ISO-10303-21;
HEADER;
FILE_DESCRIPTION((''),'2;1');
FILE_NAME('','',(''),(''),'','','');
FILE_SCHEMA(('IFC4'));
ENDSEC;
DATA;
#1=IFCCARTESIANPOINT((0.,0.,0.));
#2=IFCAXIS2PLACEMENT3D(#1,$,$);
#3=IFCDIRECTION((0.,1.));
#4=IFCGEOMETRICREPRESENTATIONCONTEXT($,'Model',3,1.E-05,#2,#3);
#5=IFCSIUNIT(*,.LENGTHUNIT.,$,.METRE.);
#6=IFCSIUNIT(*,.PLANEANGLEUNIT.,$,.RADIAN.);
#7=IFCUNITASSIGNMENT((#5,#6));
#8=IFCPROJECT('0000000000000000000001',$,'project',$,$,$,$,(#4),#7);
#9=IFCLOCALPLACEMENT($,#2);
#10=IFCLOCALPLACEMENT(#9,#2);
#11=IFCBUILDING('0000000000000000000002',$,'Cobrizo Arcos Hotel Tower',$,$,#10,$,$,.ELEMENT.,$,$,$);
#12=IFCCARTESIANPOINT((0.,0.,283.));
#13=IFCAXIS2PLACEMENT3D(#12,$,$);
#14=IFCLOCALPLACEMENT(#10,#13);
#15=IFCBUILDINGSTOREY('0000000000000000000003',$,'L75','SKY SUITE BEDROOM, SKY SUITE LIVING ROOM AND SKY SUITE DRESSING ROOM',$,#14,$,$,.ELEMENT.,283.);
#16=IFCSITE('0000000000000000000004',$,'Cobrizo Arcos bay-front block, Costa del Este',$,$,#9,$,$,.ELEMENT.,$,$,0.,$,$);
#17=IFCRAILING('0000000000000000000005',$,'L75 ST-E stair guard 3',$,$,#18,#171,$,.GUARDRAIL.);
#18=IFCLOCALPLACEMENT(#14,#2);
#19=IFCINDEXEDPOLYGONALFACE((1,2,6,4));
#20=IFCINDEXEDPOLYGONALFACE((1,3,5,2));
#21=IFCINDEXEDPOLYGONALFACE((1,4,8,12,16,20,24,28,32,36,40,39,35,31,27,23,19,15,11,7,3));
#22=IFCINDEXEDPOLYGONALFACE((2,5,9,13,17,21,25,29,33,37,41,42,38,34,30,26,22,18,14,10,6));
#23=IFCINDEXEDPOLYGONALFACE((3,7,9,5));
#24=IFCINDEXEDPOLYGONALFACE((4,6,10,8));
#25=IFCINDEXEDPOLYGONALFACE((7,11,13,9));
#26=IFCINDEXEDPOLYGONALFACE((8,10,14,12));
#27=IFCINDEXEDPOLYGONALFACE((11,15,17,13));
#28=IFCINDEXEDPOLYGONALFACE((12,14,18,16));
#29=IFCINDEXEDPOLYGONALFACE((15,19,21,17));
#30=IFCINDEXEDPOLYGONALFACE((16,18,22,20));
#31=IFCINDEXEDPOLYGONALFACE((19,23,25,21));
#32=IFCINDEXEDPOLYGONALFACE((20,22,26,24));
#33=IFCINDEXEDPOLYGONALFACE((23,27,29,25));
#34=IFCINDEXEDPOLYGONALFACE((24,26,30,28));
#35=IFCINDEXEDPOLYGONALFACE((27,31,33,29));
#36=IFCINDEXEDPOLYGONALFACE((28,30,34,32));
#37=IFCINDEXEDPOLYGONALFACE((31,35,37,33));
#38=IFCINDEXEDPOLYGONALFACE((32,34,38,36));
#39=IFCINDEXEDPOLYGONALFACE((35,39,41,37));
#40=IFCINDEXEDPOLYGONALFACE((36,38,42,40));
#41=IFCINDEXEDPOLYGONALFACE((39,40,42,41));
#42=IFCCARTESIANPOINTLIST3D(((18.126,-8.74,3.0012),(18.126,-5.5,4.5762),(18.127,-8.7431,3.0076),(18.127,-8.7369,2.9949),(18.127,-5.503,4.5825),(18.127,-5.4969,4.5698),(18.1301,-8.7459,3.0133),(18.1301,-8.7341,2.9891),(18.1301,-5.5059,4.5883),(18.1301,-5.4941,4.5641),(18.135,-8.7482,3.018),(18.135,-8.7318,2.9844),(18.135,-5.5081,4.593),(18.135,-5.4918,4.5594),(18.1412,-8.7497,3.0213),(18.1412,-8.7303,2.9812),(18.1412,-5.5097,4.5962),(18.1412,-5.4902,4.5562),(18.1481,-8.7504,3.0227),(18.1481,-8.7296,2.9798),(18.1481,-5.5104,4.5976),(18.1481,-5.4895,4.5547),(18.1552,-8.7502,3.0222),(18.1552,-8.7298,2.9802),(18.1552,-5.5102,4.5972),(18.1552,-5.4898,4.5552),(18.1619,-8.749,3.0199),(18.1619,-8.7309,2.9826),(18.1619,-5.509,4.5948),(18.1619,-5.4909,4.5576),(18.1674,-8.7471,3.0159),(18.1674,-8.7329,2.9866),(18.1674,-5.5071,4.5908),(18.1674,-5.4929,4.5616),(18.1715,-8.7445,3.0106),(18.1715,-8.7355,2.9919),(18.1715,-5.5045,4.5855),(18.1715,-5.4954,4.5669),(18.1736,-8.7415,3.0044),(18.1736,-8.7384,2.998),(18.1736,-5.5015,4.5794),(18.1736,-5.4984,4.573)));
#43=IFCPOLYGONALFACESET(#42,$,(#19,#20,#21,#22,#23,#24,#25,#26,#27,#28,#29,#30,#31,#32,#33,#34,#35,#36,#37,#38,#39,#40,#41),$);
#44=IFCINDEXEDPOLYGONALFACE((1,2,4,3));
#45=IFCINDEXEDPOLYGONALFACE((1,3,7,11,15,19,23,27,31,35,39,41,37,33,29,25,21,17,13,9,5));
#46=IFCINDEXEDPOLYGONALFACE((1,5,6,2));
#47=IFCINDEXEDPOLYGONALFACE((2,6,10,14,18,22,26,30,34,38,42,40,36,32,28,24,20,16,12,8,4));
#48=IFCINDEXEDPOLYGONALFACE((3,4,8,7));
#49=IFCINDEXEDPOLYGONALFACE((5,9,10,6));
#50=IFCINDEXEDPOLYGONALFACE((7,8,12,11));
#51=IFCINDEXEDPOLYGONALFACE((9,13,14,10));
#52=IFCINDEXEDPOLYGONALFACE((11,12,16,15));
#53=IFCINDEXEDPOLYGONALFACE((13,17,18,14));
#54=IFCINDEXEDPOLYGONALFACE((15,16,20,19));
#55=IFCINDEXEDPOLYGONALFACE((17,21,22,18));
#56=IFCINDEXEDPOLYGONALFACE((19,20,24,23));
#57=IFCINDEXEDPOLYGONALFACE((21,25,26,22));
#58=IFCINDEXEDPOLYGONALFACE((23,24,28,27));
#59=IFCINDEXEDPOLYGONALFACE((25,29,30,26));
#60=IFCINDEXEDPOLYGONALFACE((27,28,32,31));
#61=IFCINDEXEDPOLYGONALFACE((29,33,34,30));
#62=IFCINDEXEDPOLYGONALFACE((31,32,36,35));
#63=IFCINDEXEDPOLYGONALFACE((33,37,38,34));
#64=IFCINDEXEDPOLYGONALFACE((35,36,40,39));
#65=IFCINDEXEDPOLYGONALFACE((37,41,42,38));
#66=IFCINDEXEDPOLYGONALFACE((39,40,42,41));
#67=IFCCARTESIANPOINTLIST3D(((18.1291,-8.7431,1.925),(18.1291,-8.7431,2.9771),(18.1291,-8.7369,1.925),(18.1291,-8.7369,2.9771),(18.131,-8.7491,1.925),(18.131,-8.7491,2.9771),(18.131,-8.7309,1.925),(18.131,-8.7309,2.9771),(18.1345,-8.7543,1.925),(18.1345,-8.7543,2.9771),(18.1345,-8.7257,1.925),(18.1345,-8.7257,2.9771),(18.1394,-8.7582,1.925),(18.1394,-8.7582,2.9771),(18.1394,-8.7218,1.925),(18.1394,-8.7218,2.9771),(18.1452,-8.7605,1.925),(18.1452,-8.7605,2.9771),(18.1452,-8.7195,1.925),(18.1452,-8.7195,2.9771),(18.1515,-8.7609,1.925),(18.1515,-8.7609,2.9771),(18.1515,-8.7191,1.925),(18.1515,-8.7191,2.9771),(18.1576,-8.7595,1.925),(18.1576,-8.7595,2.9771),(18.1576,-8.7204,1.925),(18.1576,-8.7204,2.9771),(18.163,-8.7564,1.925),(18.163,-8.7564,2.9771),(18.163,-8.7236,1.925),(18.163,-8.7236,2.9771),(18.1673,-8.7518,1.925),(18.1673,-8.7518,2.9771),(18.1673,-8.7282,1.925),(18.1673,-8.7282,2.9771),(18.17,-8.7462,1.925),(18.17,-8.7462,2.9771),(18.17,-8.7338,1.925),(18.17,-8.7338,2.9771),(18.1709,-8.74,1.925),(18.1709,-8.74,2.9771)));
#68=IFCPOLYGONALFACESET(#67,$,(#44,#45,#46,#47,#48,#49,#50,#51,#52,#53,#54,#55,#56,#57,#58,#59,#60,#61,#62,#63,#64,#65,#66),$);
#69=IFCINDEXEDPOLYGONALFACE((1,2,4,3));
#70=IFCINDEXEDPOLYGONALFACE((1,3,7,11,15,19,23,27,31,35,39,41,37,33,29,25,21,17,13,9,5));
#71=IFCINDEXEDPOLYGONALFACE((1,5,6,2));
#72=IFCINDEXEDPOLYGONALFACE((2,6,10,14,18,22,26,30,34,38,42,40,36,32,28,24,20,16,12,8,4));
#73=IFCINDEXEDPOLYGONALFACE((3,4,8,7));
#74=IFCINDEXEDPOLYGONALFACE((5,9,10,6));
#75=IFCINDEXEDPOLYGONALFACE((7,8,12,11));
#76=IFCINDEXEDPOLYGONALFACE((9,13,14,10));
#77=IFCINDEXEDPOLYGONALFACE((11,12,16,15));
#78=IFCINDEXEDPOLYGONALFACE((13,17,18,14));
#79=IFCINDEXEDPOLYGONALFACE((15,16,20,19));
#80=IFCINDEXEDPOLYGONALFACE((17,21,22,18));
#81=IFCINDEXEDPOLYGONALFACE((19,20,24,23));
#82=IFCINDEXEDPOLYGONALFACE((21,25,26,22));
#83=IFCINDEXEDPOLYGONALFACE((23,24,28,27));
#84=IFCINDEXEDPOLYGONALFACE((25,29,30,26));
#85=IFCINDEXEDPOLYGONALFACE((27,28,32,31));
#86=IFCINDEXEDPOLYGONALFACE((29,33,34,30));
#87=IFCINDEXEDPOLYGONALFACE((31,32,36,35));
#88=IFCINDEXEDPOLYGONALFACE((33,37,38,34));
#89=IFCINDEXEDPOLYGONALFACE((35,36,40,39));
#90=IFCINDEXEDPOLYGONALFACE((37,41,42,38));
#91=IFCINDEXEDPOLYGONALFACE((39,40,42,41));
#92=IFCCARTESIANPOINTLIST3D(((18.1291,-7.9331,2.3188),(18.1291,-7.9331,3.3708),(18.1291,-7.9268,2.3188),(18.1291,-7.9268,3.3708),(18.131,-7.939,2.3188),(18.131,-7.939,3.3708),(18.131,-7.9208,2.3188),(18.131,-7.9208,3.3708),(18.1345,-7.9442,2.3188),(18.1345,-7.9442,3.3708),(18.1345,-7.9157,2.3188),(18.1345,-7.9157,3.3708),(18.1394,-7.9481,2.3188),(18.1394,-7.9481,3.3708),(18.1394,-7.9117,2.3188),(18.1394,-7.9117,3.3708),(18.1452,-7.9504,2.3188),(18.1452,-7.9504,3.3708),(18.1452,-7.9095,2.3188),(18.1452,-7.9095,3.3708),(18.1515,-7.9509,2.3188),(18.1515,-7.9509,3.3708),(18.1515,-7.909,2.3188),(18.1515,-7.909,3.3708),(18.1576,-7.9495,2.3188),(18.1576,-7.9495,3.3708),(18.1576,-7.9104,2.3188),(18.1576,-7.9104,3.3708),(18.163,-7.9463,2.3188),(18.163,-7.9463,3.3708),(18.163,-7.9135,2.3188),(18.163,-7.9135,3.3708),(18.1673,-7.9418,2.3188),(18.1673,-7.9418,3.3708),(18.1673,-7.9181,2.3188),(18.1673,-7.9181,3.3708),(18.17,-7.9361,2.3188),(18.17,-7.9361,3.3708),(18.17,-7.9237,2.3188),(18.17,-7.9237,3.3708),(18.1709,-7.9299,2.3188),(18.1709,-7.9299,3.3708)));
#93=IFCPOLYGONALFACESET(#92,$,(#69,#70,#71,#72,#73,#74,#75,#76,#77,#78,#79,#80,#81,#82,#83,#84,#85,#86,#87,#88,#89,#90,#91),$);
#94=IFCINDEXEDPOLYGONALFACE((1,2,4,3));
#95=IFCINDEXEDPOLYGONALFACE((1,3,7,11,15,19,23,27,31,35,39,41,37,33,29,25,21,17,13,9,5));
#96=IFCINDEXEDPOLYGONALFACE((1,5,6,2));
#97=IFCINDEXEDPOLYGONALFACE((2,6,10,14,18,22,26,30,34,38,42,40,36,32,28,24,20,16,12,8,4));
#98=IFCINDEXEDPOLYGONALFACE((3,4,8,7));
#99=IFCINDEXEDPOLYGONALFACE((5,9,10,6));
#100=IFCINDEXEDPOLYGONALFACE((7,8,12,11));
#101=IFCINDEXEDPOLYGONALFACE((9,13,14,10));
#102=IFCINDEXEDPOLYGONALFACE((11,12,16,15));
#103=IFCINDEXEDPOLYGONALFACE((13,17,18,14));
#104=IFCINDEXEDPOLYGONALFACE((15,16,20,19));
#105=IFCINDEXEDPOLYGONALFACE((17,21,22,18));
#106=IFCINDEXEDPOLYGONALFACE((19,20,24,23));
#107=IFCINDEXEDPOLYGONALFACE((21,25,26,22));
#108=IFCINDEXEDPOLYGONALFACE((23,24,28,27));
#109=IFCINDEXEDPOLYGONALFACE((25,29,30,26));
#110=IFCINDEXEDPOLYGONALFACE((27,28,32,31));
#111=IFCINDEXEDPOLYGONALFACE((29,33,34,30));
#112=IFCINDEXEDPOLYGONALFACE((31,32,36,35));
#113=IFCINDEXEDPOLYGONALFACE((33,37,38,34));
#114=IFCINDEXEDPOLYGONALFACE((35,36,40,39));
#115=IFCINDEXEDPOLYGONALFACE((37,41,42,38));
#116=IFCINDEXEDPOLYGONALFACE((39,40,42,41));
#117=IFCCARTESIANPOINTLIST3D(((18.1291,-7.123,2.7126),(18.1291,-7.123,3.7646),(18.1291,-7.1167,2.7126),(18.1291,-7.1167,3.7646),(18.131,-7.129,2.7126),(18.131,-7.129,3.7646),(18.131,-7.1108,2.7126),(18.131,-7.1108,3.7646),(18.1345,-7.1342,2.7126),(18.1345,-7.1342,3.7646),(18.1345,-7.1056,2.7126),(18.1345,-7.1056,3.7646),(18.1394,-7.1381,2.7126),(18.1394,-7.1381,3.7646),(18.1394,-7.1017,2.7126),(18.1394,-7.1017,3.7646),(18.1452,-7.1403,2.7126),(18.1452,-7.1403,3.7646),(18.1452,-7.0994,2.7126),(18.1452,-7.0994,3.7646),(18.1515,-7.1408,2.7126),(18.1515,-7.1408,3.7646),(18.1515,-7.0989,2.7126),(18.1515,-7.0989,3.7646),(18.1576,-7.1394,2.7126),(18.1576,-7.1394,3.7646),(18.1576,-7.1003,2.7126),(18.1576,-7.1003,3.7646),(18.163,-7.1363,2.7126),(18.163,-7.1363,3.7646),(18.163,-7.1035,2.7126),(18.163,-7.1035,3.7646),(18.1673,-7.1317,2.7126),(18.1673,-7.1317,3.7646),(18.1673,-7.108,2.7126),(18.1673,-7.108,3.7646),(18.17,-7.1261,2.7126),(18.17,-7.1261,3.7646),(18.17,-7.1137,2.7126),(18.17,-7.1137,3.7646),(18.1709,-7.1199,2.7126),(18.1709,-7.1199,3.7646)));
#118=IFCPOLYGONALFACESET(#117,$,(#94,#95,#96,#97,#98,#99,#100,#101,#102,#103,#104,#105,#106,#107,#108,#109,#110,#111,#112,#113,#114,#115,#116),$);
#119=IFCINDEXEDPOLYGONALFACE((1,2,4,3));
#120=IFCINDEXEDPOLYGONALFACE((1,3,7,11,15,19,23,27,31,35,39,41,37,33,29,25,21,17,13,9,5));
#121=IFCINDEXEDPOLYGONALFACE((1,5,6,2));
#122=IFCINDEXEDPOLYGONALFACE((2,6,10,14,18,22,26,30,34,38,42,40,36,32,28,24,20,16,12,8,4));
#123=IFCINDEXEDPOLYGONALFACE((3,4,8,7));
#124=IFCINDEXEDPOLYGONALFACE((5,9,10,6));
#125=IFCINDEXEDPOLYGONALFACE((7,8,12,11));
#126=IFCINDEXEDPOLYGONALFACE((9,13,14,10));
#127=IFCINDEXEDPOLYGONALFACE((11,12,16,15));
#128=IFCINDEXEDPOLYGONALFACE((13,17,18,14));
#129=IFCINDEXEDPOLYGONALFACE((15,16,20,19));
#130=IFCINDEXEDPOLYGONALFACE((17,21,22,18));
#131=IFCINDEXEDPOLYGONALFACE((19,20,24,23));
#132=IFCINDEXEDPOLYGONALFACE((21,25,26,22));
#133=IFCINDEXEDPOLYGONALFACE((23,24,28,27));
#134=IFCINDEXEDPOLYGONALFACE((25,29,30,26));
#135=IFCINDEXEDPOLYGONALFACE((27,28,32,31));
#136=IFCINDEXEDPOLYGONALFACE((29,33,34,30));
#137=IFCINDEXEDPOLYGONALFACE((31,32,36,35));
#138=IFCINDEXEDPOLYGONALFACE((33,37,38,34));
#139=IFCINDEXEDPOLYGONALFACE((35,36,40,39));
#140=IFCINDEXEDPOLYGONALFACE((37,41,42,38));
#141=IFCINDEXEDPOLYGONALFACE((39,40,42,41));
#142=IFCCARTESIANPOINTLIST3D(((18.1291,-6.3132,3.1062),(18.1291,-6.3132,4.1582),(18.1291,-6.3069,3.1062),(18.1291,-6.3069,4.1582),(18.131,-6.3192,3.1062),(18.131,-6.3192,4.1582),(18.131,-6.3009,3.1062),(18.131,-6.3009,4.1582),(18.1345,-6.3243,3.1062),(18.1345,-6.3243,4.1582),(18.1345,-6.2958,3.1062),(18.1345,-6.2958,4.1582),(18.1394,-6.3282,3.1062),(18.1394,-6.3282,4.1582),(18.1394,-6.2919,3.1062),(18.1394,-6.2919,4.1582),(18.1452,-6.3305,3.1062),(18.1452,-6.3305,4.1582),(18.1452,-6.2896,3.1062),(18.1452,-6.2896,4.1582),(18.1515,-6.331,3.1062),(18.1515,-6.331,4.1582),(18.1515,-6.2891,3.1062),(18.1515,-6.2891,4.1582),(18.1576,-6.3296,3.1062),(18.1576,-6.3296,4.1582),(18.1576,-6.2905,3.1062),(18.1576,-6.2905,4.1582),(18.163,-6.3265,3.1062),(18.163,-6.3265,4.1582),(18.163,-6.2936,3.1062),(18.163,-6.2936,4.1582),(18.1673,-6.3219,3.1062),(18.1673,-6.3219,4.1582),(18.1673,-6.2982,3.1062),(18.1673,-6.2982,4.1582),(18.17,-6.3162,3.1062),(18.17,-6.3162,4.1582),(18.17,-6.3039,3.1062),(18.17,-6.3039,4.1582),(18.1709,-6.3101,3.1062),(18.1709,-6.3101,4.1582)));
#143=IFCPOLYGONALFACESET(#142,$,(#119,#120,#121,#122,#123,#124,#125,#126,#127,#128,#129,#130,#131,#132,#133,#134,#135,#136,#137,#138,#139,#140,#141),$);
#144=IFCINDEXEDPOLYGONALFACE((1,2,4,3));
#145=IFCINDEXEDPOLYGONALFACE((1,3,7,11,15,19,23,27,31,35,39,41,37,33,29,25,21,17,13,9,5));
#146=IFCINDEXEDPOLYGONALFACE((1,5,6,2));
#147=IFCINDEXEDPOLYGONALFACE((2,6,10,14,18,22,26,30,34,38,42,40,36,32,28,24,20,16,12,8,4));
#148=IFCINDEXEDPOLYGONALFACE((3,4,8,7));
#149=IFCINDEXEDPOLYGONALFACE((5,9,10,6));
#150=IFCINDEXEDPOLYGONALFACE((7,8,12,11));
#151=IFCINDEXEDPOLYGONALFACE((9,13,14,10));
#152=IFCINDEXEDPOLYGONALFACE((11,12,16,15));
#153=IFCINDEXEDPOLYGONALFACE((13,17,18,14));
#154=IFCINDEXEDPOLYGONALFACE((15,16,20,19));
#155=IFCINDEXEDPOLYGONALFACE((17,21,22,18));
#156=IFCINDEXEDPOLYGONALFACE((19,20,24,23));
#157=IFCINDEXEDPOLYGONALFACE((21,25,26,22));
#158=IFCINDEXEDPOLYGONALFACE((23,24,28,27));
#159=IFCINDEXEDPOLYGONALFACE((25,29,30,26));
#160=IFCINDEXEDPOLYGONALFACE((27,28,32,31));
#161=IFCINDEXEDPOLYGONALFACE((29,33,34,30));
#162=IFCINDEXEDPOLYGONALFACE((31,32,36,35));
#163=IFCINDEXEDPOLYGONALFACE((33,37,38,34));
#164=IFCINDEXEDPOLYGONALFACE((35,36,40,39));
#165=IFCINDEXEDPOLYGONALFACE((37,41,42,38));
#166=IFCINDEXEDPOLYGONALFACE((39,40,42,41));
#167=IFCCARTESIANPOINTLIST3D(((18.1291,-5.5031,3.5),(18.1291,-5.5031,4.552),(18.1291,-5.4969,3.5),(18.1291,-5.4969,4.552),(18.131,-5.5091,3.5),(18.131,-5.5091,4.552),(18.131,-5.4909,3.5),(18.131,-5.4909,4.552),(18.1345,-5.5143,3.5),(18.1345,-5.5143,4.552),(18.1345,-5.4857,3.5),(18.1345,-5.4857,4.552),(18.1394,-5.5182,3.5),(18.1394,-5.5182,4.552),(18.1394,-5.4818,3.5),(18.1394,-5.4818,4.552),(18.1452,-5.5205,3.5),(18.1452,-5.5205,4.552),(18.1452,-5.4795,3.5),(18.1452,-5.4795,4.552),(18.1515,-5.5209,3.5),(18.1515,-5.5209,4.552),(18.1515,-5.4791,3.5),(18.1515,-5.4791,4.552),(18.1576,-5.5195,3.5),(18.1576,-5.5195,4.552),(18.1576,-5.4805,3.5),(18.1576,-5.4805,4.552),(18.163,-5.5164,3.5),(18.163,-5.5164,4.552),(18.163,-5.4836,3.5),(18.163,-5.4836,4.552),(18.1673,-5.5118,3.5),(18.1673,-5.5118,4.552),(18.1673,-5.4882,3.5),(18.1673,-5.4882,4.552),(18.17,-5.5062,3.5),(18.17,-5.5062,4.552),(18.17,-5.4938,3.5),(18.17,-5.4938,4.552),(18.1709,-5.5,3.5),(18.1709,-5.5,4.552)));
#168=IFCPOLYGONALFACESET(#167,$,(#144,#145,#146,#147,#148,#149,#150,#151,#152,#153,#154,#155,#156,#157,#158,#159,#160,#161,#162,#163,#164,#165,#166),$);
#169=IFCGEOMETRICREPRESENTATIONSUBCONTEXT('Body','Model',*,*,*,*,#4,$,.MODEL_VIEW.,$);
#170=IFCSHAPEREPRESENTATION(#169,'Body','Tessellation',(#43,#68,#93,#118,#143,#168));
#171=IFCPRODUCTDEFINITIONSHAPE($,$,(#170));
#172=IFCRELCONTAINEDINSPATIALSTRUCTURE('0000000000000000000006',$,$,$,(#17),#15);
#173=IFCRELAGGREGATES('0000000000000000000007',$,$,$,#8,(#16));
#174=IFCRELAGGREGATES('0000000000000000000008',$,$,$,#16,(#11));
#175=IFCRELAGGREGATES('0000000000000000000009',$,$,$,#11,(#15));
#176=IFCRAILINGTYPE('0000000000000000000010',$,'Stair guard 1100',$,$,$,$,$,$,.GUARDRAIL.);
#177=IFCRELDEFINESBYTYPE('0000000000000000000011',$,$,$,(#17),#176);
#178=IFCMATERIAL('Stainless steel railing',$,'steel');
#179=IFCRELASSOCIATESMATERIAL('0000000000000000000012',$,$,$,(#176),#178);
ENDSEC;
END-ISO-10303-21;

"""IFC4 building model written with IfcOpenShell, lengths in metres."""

from ifc_helpers import new_model, si_unit, direction, frame, origin, origin_2d, place, context, subcontext, project, spatial, circle, extrude, material, type_object, element, save


model = new_model("IFC4")

# Units and contexts
model_context = context("Model", 3, precision=1e-05, world=origin(), true_north=direction((0.0, 1.0)))
body_context = subcontext(model_context, "Body", "Model", "MODEL_VIEW")
ifc_project = project(units=[si_unit("LENGTHUNIT", "METRE"), si_unit("PLANEANGLEUNIT", "RADIAN")], contexts=[model_context])

# Site, building, storey
site_placement = place(None, origin())
site = spatial("IfcSite", under=ifc_project, at=site_placement, Name="Cobrizo Arcos bay-front block, Costa del Este", CompositionType="ELEMENT", RefElevation=0.0)
building_placement = place(site_placement, origin())
building = spatial("IfcBuilding", under=site, at=building_placement, Name="Cobrizo Arcos Hotel Tower", CompositionType="ELEMENT")
storey_placement = place(building_placement, frame((0.0, 0.0, 283.0)))
storey = spatial("IfcBuildingStorey", under=building, at=storey_placement, Name="L75", Description="SKY SUITE BEDROOM, SKY SUITE LIVING ROOM AND SKY SUITE DRESSING ROOM", CompositionType="ELEMENT", Elevation=283.0)

# Railing
ifc_material_1 = material(Name="Stainless steel railing", Category="steel")
railing_type_1 = type_object("IfcRailingType", Name="Stair guard 1100", PredefinedType="GUARDRAIL", material=ifc_material_1)
railing_1_placement = place(storey_placement, frame((18.1499, -8.74, 1.925)))
element("IfcRailing", 1, at=railing_1_placement, inside=storey, type_object=railing_type_1, Name="L75 ST-E stair guard 3", PredefinedType="GUARDRAIL", context=body_context, shape_type="SweptSolid", body=[
    extrude(circle(Radius=0.0239, at=origin_2d()), frame((0.0, 0.0, 1.0762), z_axis=(0.0, 0.899373, 0.437183), x_axis=(-1.0, 0.0, 0.0)), (0.0, 0.0, 1.0), 3.6025),
    extrude(circle(Radius=0.021, at=origin_2d()), origin(), (0.0, 0.0, 1.0), 1.052),
    extrude(circle(Radius=0.021, at=origin_2d()), frame((0.0, 0.8101, 0.3938)), (0.0, 0.0, 1.0), 1.052),
    extrude(circle(Radius=0.021, at=origin_2d()), frame((0.0, 1.6201, 0.7876)), (0.0, 0.0, 1.0), 1.052),
    extrude(circle(Radius=0.021, at=origin_2d()), frame((0.0, 2.4299, 1.1812)), (0.0, 0.0, 1.0), 1.052),
    extrude(circle(Radius=0.021, at=origin_2d()), frame((0.0, 3.24, 1.575)), (0.0, 0.0, 1.0), 1.052),
])

save(model, "model.ifc")
